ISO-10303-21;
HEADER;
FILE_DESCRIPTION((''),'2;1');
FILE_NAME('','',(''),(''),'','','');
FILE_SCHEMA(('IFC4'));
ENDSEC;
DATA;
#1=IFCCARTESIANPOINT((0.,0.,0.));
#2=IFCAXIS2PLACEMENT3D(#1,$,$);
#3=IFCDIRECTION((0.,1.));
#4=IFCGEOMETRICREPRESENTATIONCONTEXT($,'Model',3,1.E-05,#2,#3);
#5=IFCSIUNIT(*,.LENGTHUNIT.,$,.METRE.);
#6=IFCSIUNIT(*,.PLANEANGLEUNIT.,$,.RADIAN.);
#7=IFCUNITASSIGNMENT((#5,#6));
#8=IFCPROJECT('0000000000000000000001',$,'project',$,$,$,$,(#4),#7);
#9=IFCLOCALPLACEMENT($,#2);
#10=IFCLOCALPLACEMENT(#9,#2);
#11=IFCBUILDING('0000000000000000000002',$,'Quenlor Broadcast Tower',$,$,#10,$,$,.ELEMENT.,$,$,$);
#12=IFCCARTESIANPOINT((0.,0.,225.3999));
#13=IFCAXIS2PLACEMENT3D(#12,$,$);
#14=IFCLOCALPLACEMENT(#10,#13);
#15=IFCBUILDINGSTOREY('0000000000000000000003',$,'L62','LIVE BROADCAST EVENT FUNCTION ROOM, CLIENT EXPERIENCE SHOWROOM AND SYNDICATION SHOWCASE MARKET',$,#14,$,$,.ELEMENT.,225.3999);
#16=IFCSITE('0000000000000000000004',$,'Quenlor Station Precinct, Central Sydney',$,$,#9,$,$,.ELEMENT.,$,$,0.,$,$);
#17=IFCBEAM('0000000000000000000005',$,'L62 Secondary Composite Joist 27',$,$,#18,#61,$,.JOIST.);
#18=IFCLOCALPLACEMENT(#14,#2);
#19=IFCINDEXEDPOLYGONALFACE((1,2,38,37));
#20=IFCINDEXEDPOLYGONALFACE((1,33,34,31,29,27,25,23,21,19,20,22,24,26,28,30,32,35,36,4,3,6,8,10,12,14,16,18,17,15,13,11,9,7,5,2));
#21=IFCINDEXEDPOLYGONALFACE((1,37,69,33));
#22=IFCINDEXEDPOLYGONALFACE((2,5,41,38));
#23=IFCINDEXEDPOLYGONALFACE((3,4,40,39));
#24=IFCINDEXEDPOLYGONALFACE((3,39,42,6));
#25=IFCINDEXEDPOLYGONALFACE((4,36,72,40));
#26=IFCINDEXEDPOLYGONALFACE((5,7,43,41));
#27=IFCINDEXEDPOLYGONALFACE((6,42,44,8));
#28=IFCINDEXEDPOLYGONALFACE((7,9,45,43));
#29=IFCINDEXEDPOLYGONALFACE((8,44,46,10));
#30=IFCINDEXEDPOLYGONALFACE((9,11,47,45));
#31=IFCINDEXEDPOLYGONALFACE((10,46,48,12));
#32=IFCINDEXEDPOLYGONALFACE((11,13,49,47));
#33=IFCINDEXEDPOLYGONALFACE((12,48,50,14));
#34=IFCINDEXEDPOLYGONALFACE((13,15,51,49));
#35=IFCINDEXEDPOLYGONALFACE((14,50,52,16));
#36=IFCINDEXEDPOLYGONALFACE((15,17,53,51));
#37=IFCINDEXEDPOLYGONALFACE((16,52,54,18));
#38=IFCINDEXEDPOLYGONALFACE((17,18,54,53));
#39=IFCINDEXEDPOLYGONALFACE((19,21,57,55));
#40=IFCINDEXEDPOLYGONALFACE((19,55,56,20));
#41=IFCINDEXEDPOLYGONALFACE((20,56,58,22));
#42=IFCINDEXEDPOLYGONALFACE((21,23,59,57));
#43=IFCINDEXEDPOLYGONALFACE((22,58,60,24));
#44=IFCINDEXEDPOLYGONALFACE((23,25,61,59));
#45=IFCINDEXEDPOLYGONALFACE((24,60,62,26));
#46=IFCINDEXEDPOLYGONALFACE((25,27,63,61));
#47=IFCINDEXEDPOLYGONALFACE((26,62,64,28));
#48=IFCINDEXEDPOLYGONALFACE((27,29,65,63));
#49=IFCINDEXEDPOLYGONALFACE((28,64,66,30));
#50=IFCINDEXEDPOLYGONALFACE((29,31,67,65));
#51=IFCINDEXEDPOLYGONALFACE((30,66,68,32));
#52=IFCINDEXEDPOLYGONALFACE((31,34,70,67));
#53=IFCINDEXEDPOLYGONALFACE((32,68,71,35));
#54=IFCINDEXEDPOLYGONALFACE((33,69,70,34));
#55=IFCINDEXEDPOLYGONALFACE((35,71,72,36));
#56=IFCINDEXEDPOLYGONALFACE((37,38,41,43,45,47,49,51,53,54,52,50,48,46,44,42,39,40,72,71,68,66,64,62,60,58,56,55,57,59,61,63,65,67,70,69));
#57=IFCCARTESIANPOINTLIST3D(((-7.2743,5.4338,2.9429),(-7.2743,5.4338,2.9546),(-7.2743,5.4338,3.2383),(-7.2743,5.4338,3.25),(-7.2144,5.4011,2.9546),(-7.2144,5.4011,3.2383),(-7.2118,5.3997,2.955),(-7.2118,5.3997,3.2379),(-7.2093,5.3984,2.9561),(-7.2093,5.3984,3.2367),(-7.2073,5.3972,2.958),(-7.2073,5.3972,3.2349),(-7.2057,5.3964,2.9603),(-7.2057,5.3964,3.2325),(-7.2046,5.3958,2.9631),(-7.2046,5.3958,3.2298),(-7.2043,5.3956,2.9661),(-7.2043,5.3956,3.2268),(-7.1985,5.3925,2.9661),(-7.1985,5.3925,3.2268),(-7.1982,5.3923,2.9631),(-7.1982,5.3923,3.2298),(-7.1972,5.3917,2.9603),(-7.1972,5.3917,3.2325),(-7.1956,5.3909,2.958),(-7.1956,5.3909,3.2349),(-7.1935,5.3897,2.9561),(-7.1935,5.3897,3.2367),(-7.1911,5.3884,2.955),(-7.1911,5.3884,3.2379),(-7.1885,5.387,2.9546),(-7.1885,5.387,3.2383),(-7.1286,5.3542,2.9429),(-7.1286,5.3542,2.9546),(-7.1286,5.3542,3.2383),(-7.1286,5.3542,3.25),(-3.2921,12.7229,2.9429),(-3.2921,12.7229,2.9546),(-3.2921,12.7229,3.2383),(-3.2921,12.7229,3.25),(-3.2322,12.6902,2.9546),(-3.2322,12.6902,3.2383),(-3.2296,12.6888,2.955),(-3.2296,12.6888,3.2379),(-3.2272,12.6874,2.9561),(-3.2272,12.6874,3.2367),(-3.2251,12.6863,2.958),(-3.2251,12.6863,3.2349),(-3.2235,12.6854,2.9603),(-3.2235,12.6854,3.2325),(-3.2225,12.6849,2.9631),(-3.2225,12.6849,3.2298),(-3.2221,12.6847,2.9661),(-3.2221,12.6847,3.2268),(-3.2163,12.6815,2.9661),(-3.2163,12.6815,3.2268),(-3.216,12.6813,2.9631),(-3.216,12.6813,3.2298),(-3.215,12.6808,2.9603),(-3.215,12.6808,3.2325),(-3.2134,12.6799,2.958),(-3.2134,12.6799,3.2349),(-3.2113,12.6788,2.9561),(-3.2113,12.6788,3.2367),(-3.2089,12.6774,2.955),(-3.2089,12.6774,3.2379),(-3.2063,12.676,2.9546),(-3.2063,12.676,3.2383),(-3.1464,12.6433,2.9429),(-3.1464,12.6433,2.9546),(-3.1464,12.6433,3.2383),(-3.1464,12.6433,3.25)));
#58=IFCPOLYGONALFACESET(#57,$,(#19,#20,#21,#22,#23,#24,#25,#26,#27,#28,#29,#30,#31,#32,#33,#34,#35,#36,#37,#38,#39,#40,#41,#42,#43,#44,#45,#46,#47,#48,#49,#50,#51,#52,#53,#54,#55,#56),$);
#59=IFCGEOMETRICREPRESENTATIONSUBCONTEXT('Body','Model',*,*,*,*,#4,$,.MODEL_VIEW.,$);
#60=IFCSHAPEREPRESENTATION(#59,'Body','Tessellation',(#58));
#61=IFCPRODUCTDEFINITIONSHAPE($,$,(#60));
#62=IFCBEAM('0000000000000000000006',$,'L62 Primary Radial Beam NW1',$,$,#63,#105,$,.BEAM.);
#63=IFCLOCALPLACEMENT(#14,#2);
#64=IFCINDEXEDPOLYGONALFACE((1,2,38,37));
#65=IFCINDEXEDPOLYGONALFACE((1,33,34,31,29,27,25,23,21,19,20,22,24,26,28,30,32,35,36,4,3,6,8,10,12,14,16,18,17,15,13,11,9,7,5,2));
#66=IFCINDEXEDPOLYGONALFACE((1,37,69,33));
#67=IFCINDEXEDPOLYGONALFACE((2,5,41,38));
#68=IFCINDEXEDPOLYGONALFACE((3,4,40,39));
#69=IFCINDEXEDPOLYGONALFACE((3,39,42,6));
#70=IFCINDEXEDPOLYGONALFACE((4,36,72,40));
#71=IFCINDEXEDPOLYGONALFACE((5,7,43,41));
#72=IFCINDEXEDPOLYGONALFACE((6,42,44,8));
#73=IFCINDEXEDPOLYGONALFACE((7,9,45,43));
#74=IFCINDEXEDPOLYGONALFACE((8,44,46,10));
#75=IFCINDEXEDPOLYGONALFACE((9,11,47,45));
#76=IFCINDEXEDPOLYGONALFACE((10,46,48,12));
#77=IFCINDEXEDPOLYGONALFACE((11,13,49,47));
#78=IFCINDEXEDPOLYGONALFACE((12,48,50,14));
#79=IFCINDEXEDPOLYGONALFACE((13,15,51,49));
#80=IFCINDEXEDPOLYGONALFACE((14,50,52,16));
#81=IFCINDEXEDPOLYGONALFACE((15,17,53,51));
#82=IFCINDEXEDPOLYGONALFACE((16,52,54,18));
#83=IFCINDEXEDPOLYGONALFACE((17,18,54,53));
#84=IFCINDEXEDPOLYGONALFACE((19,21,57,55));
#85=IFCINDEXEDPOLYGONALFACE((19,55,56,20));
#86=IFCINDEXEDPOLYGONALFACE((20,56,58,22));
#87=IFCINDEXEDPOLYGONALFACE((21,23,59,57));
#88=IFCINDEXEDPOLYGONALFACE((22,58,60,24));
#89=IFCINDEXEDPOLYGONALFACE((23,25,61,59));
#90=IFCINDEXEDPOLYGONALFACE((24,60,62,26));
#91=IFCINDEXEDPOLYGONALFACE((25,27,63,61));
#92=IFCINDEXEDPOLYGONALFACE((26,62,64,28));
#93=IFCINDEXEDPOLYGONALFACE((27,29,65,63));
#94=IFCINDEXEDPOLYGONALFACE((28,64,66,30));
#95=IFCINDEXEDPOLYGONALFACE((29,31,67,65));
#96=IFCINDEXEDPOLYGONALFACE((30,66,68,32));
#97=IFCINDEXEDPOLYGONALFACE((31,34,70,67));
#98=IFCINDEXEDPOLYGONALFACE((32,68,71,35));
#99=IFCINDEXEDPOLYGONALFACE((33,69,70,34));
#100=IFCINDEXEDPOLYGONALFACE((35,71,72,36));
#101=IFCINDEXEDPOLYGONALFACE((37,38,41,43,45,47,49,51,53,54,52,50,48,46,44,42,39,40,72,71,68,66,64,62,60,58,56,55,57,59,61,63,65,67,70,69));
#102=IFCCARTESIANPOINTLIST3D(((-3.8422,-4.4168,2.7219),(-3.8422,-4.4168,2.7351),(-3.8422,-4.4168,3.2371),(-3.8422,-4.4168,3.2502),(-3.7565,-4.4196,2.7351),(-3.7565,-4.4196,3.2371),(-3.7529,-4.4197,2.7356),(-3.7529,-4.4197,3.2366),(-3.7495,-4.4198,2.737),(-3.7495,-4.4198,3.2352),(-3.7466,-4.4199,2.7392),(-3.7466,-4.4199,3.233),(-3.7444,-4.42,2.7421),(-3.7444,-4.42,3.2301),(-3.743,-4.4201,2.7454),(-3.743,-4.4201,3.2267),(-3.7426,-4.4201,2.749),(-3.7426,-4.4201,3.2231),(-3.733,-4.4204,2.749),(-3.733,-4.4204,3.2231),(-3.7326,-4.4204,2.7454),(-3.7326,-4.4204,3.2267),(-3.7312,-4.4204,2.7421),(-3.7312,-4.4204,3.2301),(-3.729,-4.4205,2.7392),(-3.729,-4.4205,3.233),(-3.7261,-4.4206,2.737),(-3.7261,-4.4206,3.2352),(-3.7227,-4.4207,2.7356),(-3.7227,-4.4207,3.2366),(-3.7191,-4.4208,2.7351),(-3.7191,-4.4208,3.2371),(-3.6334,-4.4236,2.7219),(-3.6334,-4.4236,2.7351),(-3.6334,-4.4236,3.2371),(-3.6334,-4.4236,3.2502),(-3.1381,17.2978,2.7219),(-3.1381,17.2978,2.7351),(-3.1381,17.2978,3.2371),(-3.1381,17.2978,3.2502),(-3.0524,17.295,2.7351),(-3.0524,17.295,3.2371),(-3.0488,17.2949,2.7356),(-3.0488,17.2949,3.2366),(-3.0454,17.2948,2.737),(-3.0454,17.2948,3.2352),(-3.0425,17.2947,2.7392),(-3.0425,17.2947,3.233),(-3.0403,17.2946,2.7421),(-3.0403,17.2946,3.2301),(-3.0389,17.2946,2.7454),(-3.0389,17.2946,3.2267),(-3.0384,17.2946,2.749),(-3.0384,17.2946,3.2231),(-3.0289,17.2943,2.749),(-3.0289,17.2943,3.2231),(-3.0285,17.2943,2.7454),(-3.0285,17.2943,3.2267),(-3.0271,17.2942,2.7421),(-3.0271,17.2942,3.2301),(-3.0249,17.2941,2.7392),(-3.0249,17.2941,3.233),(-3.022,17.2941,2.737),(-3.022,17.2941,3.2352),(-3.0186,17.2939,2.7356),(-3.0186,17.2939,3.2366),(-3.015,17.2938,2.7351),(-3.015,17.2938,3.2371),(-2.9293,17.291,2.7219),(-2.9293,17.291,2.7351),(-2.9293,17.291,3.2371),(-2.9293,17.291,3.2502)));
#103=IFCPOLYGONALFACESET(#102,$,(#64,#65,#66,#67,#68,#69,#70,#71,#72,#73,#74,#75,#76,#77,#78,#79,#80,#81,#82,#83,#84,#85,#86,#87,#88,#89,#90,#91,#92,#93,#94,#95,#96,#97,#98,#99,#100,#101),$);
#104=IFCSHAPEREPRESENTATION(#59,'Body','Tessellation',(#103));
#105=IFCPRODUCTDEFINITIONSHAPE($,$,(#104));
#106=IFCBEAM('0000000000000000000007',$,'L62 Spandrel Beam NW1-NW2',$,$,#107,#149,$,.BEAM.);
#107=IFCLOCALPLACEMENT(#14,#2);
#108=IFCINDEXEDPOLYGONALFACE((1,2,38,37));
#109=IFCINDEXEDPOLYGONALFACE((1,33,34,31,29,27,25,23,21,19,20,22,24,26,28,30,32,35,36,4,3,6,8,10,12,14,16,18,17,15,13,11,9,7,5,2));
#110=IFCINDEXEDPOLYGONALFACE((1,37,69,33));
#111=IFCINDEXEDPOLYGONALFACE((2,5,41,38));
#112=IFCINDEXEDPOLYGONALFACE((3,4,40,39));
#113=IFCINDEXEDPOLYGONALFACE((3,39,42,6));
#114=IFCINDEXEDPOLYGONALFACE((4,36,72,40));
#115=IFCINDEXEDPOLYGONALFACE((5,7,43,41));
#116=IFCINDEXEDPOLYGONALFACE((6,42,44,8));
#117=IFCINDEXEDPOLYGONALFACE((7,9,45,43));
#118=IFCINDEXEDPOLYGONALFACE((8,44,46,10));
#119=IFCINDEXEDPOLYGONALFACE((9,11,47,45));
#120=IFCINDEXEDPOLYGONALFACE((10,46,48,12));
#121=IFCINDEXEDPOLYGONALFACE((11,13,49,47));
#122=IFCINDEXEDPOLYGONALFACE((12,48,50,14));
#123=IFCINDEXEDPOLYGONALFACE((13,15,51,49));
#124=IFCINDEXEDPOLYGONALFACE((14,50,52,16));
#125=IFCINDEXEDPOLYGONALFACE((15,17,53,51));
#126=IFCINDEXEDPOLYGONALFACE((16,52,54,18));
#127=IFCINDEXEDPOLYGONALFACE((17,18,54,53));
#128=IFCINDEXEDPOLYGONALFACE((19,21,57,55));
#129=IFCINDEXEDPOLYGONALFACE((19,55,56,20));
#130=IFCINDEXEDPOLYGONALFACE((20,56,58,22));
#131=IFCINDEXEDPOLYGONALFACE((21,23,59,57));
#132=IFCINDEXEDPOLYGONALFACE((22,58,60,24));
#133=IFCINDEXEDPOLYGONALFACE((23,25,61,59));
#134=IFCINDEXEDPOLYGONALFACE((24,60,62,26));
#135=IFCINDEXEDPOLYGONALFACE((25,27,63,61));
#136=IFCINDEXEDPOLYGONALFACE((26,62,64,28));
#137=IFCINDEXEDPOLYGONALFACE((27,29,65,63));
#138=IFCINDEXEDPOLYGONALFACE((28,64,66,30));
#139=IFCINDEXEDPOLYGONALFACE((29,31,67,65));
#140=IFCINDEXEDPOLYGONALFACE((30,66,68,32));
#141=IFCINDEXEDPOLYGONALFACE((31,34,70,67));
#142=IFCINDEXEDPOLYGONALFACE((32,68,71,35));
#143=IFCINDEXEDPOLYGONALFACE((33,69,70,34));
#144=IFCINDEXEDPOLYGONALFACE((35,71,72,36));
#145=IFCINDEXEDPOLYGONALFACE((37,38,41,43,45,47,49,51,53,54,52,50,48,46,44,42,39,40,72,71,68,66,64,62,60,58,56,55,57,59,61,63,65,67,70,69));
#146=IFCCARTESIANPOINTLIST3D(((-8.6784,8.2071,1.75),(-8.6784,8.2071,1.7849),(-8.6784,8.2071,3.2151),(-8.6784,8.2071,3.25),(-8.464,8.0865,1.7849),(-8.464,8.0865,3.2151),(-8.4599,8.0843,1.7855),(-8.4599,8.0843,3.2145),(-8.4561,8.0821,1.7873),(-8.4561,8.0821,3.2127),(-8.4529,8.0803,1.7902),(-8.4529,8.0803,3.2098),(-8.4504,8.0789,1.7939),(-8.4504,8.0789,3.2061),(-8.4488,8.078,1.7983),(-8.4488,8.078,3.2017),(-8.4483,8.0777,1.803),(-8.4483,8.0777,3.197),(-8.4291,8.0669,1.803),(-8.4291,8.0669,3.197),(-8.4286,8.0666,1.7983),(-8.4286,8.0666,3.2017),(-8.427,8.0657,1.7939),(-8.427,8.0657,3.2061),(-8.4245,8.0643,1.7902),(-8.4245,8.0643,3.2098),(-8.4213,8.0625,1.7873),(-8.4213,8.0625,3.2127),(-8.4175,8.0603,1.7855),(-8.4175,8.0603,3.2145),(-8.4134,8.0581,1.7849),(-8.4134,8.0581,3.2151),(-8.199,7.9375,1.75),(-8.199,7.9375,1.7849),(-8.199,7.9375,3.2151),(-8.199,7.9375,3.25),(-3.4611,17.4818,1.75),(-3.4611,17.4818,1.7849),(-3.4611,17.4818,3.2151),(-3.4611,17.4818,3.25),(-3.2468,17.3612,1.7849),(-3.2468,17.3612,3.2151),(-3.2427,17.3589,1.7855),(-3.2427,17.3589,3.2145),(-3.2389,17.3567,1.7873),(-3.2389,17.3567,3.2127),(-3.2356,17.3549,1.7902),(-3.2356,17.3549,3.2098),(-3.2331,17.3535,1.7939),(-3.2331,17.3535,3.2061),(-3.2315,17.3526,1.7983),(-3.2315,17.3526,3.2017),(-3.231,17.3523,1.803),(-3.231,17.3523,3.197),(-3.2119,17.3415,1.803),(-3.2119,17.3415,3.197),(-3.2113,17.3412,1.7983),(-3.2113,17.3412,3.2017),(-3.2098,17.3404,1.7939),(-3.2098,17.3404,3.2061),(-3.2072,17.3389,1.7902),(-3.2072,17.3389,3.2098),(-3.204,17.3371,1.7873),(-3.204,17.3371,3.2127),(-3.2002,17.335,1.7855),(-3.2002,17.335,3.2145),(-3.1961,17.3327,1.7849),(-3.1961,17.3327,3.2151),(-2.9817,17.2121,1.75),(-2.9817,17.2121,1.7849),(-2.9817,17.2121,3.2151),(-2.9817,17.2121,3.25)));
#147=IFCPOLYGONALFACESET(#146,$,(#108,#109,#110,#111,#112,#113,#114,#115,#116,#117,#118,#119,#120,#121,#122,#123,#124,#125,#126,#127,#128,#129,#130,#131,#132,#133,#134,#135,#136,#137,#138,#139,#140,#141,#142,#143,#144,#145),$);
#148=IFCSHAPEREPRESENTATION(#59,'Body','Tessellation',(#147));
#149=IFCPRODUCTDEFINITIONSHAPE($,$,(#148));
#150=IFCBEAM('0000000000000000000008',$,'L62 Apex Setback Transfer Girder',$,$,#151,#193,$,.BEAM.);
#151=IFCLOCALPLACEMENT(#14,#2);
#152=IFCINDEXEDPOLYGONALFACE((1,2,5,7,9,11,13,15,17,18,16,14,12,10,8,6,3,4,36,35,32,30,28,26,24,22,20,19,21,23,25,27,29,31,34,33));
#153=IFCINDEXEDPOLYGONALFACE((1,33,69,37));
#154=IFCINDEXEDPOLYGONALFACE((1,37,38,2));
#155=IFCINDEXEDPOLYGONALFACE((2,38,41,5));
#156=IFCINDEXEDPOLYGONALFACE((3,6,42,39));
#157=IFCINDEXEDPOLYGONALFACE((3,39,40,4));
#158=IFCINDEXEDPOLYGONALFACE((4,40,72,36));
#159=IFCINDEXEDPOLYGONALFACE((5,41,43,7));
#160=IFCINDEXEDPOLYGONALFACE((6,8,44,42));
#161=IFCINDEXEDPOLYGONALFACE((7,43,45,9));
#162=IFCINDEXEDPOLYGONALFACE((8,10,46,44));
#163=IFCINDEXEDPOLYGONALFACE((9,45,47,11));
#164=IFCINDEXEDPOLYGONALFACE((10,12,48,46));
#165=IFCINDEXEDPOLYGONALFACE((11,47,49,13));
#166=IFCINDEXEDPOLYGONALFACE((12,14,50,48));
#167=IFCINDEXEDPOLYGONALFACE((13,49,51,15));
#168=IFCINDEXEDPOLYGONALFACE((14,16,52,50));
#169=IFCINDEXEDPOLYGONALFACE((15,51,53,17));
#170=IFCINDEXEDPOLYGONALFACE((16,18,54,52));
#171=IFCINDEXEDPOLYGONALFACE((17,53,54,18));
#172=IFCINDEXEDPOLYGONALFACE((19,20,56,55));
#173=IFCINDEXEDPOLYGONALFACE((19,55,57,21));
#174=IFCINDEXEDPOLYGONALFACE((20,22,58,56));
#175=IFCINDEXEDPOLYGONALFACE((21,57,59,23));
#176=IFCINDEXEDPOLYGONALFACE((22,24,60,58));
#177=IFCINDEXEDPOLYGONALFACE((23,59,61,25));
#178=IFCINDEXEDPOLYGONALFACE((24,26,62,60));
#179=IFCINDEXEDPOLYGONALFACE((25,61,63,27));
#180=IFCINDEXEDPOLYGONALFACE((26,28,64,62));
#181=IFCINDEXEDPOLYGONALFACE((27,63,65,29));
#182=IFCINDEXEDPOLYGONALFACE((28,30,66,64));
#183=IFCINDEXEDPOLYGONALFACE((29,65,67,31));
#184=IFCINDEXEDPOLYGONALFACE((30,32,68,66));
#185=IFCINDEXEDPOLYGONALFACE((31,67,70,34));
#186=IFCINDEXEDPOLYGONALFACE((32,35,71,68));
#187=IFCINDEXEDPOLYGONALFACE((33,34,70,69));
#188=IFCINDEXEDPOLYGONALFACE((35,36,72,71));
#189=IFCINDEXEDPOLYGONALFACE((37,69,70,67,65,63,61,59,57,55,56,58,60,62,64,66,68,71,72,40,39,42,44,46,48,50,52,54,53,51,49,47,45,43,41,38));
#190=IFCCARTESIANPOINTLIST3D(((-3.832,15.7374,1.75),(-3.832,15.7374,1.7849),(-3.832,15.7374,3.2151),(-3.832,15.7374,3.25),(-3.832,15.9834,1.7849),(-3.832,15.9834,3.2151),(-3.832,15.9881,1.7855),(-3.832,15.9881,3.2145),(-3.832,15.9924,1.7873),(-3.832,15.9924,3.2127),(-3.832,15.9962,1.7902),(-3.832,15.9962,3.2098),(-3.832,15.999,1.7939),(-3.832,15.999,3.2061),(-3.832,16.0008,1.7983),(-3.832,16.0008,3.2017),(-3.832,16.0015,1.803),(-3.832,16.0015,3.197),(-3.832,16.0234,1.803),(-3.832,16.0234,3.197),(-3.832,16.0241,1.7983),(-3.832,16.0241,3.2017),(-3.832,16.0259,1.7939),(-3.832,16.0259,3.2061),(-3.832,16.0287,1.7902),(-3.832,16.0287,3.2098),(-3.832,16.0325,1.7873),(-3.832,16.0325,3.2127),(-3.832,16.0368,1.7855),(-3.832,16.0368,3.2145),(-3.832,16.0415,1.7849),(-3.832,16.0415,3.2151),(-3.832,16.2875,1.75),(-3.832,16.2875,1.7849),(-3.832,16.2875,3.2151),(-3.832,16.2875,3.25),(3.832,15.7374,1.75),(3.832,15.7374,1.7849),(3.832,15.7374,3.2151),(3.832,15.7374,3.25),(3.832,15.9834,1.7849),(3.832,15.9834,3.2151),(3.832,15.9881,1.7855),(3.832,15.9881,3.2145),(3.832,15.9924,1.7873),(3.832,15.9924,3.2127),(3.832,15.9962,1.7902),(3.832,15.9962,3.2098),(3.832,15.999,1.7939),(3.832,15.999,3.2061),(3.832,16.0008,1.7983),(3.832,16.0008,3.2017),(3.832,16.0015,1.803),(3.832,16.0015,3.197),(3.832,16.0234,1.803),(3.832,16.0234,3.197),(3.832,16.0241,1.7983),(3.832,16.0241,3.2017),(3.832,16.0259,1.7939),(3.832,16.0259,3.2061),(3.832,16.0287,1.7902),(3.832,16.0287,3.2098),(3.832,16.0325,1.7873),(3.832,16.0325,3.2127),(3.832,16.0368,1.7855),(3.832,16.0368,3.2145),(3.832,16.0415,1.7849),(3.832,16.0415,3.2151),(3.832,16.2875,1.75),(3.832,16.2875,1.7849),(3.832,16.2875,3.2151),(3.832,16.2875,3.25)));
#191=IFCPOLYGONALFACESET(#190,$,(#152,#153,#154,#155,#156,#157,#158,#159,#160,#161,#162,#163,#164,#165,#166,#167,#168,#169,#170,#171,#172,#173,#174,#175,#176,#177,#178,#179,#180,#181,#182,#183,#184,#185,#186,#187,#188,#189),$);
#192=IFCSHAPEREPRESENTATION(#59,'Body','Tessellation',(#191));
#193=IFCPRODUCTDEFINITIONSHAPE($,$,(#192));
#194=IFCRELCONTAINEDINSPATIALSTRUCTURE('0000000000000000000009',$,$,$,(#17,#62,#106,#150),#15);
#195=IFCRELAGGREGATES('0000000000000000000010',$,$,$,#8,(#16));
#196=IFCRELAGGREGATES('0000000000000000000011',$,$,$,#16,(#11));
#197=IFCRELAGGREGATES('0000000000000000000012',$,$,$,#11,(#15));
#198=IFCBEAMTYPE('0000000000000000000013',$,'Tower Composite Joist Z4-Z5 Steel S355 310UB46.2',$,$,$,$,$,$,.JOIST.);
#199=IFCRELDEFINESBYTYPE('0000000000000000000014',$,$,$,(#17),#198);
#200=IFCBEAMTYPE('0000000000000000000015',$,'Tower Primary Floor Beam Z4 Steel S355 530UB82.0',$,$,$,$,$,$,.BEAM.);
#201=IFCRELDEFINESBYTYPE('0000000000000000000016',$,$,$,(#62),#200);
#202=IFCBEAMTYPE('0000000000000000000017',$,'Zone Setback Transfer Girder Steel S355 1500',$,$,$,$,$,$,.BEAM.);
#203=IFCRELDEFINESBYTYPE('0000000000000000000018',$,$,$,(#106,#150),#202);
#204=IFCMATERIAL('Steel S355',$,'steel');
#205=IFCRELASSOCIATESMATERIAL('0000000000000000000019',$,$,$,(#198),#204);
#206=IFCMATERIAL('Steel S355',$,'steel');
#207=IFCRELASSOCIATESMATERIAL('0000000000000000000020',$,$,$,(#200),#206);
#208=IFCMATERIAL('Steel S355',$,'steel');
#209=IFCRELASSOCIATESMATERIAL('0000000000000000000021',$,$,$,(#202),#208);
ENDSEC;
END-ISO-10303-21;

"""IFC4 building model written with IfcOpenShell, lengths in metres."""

from ifc_helpers import new_model, si_unit, direction, frame, origin, origin_2d, place, context, subcontext, project, spatial, i_section, extrude, material, material_profile, profile_set, type_object, element, save


model = new_model("IFC4")

# Units and contexts
model_context = context("Model", 3, precision=1e-05, world=origin(), true_north=direction((0.0, 1.0)))
body_context = subcontext(model_context, "Body", "Model", "MODEL_VIEW")
ifc_project = project(units=[si_unit("LENGTHUNIT", "METRE"), si_unit("PLANEANGLEUNIT", "RADIAN")], contexts=[model_context])

# Site, building, storey
site_placement = place(None, origin())
site = spatial("IfcSite", under=ifc_project, at=site_placement, Name="Quenlor Station Precinct, Central Sydney", CompositionType="ELEMENT", RefElevation=0.0)
building_placement = place(site_placement, origin())
building = spatial("IfcBuilding", under=site, at=building_placement, Name="Quenlor Broadcast Tower", CompositionType="ELEMENT")
storey_placement = place(building_placement, frame((0.0, 0.0, 225.3999)))
storey = spatial("IfcBuildingStorey", under=building, at=storey_placement, Name="L62", Description="LIVE BROADCAST EVENT FUNCTION ROOM, CLIENT EXPERIENCE SHOWROOM AND SYNDICATION SHOWCASE MARKET", CompositionType="ELEMENT", Elevation=225.3999)

# Beams
ifc_material_1 = material(Name="Steel S355", Category="steel")
ifc_material_profile_1 = material_profile(ifc_material_1, i_section(OverallWidth=0.166, OverallDepth=0.3071, WebThickness=0.0066, FlangeThickness=0.0117, FilletRadius=0.0115, at=origin_2d()))
ifc_profile_set_1 = profile_set([ifc_material_profile_1], Name="Steel S355 310UB46.2")
beam_type_1 = type_object("IfcBeamType", Name="Tower Composite Joist Z4-Z5 Steel S355 310UB46.2", PredefinedType="JOIST", material=ifc_profile_set_1)
beam_1_placement = place(storey_placement, frame((-3.2192, 12.6831, 3.0964), z_axis=(-0.479439, -0.877575, 0.0), x_axis=(0.877575, -0.479439, 0.0)))
element("IfcBeam", 1, at=beam_1_placement, inside=storey, type_object=beam_type_1, Name="L62 Secondary Composite Joist 27", PredefinedType="JOIST", context=body_context, shape_type="SweptSolid", body=[
    extrude(i_section(OverallWidth=0.166, OverallDepth=0.3071, WebThickness=0.0066, FlangeThickness=0.0117, FilletRadius=0.0115, at=origin_2d()), origin(), (0.0, 0.0, 1.0), 8.3059),
])
ifc_material_2 = material(Name="Steel S355", Category="steel")
ifc_material_profile_2 = material_profile(ifc_material_2, i_section(OverallWidth=0.209, OverallDepth=0.5283, WebThickness=0.0095, FlangeThickness=0.0132, FilletRadius=0.0139, at=origin_2d()))
ifc_profile_set_2 = profile_set([ifc_material_profile_2], Name="Steel S355 530UB82.0")
beam_type_2 = type_object("IfcBeamType", Name="Tower Primary Floor Beam Z4 Steel S355 530UB82.0", PredefinedType="BEAM", material=ifc_profile_set_2)
beam_2_placement = place(storey_placement, frame((-3.0337, 17.2944, 2.9861), z_axis=(-0.032408, -0.999475, 0.0), x_axis=(0.999475, -0.032408, 0.0)))
element("IfcBeam", 2, at=beam_2_placement, inside=storey, type_object=beam_type_2, Name="L62 Primary Radial Beam NW1", PredefinedType="BEAM", context=body_context, shape_type="SweptSolid", body=[
    extrude(i_section(OverallWidth=0.209, OverallDepth=0.5283, WebThickness=0.0095, FlangeThickness=0.0132, FilletRadius=0.0139, at=origin_2d()), origin(), (0.0, 0.0, 1.0), 21.7261),
])
ifc_material_3 = material(Name="Steel S355", Category="steel")
ifc_material_profile_3 = material_profile(ifc_material_3, i_section(OverallWidth=0.55, OverallDepth=1.5, WebThickness=0.022, FlangeThickness=0.0349, FilletRadius=0.0181, at=origin_2d()))
ifc_profile_set_3 = profile_set([ifc_material_profile_3], Name="Steel S355 1500TG510")
beam_type_3 = type_object("IfcBeamType", Name="Zone Setback Transfer Girder Steel S355 1500", PredefinedType="BEAM", material=ifc_profile_set_3)
beam_3_placement = place(storey_placement, frame((-3.2214, 17.3469, 2.5), z_axis=(-0.490282, -0.871564, 0.0), x_axis=(0.871564, -0.490282, 0.0)))
element("IfcBeam", 3, at=beam_3_placement, inside=storey, type_object=beam_type_3, Name="L62 Spandrel Beam NW1-NW2", PredefinedType="BEAM", context=body_context, shape_type="SweptSolid", body=[
    extrude(i_section(OverallWidth=0.55, OverallDepth=1.5, WebThickness=0.022, FlangeThickness=0.0349, FilletRadius=0.0181, at=origin_2d()), origin(), (0.0, 0.0, 1.0), 10.6414),
])
beam_4_placement = place(storey_placement, frame((-3.832, 16.0125, 2.5), z_axis=(1.0, 0.0, 0.0), x_axis=(0.0, 1.0, 0.0)))
element("IfcBeam", 4, at=beam_4_placement, inside=storey, type_object=beam_type_3, Name="L62 Apex Setback Transfer Girder", PredefinedType="BEAM", context=body_context, shape_type="SweptSolid", body=[
    extrude(i_section(OverallWidth=0.55, OverallDepth=1.5, WebThickness=0.022, FlangeThickness=0.0349, FilletRadius=0.0181, at=origin_2d()), origin(), (0.0, 0.0, 1.0), 7.6641),
])

save(model, "model.ifc")
